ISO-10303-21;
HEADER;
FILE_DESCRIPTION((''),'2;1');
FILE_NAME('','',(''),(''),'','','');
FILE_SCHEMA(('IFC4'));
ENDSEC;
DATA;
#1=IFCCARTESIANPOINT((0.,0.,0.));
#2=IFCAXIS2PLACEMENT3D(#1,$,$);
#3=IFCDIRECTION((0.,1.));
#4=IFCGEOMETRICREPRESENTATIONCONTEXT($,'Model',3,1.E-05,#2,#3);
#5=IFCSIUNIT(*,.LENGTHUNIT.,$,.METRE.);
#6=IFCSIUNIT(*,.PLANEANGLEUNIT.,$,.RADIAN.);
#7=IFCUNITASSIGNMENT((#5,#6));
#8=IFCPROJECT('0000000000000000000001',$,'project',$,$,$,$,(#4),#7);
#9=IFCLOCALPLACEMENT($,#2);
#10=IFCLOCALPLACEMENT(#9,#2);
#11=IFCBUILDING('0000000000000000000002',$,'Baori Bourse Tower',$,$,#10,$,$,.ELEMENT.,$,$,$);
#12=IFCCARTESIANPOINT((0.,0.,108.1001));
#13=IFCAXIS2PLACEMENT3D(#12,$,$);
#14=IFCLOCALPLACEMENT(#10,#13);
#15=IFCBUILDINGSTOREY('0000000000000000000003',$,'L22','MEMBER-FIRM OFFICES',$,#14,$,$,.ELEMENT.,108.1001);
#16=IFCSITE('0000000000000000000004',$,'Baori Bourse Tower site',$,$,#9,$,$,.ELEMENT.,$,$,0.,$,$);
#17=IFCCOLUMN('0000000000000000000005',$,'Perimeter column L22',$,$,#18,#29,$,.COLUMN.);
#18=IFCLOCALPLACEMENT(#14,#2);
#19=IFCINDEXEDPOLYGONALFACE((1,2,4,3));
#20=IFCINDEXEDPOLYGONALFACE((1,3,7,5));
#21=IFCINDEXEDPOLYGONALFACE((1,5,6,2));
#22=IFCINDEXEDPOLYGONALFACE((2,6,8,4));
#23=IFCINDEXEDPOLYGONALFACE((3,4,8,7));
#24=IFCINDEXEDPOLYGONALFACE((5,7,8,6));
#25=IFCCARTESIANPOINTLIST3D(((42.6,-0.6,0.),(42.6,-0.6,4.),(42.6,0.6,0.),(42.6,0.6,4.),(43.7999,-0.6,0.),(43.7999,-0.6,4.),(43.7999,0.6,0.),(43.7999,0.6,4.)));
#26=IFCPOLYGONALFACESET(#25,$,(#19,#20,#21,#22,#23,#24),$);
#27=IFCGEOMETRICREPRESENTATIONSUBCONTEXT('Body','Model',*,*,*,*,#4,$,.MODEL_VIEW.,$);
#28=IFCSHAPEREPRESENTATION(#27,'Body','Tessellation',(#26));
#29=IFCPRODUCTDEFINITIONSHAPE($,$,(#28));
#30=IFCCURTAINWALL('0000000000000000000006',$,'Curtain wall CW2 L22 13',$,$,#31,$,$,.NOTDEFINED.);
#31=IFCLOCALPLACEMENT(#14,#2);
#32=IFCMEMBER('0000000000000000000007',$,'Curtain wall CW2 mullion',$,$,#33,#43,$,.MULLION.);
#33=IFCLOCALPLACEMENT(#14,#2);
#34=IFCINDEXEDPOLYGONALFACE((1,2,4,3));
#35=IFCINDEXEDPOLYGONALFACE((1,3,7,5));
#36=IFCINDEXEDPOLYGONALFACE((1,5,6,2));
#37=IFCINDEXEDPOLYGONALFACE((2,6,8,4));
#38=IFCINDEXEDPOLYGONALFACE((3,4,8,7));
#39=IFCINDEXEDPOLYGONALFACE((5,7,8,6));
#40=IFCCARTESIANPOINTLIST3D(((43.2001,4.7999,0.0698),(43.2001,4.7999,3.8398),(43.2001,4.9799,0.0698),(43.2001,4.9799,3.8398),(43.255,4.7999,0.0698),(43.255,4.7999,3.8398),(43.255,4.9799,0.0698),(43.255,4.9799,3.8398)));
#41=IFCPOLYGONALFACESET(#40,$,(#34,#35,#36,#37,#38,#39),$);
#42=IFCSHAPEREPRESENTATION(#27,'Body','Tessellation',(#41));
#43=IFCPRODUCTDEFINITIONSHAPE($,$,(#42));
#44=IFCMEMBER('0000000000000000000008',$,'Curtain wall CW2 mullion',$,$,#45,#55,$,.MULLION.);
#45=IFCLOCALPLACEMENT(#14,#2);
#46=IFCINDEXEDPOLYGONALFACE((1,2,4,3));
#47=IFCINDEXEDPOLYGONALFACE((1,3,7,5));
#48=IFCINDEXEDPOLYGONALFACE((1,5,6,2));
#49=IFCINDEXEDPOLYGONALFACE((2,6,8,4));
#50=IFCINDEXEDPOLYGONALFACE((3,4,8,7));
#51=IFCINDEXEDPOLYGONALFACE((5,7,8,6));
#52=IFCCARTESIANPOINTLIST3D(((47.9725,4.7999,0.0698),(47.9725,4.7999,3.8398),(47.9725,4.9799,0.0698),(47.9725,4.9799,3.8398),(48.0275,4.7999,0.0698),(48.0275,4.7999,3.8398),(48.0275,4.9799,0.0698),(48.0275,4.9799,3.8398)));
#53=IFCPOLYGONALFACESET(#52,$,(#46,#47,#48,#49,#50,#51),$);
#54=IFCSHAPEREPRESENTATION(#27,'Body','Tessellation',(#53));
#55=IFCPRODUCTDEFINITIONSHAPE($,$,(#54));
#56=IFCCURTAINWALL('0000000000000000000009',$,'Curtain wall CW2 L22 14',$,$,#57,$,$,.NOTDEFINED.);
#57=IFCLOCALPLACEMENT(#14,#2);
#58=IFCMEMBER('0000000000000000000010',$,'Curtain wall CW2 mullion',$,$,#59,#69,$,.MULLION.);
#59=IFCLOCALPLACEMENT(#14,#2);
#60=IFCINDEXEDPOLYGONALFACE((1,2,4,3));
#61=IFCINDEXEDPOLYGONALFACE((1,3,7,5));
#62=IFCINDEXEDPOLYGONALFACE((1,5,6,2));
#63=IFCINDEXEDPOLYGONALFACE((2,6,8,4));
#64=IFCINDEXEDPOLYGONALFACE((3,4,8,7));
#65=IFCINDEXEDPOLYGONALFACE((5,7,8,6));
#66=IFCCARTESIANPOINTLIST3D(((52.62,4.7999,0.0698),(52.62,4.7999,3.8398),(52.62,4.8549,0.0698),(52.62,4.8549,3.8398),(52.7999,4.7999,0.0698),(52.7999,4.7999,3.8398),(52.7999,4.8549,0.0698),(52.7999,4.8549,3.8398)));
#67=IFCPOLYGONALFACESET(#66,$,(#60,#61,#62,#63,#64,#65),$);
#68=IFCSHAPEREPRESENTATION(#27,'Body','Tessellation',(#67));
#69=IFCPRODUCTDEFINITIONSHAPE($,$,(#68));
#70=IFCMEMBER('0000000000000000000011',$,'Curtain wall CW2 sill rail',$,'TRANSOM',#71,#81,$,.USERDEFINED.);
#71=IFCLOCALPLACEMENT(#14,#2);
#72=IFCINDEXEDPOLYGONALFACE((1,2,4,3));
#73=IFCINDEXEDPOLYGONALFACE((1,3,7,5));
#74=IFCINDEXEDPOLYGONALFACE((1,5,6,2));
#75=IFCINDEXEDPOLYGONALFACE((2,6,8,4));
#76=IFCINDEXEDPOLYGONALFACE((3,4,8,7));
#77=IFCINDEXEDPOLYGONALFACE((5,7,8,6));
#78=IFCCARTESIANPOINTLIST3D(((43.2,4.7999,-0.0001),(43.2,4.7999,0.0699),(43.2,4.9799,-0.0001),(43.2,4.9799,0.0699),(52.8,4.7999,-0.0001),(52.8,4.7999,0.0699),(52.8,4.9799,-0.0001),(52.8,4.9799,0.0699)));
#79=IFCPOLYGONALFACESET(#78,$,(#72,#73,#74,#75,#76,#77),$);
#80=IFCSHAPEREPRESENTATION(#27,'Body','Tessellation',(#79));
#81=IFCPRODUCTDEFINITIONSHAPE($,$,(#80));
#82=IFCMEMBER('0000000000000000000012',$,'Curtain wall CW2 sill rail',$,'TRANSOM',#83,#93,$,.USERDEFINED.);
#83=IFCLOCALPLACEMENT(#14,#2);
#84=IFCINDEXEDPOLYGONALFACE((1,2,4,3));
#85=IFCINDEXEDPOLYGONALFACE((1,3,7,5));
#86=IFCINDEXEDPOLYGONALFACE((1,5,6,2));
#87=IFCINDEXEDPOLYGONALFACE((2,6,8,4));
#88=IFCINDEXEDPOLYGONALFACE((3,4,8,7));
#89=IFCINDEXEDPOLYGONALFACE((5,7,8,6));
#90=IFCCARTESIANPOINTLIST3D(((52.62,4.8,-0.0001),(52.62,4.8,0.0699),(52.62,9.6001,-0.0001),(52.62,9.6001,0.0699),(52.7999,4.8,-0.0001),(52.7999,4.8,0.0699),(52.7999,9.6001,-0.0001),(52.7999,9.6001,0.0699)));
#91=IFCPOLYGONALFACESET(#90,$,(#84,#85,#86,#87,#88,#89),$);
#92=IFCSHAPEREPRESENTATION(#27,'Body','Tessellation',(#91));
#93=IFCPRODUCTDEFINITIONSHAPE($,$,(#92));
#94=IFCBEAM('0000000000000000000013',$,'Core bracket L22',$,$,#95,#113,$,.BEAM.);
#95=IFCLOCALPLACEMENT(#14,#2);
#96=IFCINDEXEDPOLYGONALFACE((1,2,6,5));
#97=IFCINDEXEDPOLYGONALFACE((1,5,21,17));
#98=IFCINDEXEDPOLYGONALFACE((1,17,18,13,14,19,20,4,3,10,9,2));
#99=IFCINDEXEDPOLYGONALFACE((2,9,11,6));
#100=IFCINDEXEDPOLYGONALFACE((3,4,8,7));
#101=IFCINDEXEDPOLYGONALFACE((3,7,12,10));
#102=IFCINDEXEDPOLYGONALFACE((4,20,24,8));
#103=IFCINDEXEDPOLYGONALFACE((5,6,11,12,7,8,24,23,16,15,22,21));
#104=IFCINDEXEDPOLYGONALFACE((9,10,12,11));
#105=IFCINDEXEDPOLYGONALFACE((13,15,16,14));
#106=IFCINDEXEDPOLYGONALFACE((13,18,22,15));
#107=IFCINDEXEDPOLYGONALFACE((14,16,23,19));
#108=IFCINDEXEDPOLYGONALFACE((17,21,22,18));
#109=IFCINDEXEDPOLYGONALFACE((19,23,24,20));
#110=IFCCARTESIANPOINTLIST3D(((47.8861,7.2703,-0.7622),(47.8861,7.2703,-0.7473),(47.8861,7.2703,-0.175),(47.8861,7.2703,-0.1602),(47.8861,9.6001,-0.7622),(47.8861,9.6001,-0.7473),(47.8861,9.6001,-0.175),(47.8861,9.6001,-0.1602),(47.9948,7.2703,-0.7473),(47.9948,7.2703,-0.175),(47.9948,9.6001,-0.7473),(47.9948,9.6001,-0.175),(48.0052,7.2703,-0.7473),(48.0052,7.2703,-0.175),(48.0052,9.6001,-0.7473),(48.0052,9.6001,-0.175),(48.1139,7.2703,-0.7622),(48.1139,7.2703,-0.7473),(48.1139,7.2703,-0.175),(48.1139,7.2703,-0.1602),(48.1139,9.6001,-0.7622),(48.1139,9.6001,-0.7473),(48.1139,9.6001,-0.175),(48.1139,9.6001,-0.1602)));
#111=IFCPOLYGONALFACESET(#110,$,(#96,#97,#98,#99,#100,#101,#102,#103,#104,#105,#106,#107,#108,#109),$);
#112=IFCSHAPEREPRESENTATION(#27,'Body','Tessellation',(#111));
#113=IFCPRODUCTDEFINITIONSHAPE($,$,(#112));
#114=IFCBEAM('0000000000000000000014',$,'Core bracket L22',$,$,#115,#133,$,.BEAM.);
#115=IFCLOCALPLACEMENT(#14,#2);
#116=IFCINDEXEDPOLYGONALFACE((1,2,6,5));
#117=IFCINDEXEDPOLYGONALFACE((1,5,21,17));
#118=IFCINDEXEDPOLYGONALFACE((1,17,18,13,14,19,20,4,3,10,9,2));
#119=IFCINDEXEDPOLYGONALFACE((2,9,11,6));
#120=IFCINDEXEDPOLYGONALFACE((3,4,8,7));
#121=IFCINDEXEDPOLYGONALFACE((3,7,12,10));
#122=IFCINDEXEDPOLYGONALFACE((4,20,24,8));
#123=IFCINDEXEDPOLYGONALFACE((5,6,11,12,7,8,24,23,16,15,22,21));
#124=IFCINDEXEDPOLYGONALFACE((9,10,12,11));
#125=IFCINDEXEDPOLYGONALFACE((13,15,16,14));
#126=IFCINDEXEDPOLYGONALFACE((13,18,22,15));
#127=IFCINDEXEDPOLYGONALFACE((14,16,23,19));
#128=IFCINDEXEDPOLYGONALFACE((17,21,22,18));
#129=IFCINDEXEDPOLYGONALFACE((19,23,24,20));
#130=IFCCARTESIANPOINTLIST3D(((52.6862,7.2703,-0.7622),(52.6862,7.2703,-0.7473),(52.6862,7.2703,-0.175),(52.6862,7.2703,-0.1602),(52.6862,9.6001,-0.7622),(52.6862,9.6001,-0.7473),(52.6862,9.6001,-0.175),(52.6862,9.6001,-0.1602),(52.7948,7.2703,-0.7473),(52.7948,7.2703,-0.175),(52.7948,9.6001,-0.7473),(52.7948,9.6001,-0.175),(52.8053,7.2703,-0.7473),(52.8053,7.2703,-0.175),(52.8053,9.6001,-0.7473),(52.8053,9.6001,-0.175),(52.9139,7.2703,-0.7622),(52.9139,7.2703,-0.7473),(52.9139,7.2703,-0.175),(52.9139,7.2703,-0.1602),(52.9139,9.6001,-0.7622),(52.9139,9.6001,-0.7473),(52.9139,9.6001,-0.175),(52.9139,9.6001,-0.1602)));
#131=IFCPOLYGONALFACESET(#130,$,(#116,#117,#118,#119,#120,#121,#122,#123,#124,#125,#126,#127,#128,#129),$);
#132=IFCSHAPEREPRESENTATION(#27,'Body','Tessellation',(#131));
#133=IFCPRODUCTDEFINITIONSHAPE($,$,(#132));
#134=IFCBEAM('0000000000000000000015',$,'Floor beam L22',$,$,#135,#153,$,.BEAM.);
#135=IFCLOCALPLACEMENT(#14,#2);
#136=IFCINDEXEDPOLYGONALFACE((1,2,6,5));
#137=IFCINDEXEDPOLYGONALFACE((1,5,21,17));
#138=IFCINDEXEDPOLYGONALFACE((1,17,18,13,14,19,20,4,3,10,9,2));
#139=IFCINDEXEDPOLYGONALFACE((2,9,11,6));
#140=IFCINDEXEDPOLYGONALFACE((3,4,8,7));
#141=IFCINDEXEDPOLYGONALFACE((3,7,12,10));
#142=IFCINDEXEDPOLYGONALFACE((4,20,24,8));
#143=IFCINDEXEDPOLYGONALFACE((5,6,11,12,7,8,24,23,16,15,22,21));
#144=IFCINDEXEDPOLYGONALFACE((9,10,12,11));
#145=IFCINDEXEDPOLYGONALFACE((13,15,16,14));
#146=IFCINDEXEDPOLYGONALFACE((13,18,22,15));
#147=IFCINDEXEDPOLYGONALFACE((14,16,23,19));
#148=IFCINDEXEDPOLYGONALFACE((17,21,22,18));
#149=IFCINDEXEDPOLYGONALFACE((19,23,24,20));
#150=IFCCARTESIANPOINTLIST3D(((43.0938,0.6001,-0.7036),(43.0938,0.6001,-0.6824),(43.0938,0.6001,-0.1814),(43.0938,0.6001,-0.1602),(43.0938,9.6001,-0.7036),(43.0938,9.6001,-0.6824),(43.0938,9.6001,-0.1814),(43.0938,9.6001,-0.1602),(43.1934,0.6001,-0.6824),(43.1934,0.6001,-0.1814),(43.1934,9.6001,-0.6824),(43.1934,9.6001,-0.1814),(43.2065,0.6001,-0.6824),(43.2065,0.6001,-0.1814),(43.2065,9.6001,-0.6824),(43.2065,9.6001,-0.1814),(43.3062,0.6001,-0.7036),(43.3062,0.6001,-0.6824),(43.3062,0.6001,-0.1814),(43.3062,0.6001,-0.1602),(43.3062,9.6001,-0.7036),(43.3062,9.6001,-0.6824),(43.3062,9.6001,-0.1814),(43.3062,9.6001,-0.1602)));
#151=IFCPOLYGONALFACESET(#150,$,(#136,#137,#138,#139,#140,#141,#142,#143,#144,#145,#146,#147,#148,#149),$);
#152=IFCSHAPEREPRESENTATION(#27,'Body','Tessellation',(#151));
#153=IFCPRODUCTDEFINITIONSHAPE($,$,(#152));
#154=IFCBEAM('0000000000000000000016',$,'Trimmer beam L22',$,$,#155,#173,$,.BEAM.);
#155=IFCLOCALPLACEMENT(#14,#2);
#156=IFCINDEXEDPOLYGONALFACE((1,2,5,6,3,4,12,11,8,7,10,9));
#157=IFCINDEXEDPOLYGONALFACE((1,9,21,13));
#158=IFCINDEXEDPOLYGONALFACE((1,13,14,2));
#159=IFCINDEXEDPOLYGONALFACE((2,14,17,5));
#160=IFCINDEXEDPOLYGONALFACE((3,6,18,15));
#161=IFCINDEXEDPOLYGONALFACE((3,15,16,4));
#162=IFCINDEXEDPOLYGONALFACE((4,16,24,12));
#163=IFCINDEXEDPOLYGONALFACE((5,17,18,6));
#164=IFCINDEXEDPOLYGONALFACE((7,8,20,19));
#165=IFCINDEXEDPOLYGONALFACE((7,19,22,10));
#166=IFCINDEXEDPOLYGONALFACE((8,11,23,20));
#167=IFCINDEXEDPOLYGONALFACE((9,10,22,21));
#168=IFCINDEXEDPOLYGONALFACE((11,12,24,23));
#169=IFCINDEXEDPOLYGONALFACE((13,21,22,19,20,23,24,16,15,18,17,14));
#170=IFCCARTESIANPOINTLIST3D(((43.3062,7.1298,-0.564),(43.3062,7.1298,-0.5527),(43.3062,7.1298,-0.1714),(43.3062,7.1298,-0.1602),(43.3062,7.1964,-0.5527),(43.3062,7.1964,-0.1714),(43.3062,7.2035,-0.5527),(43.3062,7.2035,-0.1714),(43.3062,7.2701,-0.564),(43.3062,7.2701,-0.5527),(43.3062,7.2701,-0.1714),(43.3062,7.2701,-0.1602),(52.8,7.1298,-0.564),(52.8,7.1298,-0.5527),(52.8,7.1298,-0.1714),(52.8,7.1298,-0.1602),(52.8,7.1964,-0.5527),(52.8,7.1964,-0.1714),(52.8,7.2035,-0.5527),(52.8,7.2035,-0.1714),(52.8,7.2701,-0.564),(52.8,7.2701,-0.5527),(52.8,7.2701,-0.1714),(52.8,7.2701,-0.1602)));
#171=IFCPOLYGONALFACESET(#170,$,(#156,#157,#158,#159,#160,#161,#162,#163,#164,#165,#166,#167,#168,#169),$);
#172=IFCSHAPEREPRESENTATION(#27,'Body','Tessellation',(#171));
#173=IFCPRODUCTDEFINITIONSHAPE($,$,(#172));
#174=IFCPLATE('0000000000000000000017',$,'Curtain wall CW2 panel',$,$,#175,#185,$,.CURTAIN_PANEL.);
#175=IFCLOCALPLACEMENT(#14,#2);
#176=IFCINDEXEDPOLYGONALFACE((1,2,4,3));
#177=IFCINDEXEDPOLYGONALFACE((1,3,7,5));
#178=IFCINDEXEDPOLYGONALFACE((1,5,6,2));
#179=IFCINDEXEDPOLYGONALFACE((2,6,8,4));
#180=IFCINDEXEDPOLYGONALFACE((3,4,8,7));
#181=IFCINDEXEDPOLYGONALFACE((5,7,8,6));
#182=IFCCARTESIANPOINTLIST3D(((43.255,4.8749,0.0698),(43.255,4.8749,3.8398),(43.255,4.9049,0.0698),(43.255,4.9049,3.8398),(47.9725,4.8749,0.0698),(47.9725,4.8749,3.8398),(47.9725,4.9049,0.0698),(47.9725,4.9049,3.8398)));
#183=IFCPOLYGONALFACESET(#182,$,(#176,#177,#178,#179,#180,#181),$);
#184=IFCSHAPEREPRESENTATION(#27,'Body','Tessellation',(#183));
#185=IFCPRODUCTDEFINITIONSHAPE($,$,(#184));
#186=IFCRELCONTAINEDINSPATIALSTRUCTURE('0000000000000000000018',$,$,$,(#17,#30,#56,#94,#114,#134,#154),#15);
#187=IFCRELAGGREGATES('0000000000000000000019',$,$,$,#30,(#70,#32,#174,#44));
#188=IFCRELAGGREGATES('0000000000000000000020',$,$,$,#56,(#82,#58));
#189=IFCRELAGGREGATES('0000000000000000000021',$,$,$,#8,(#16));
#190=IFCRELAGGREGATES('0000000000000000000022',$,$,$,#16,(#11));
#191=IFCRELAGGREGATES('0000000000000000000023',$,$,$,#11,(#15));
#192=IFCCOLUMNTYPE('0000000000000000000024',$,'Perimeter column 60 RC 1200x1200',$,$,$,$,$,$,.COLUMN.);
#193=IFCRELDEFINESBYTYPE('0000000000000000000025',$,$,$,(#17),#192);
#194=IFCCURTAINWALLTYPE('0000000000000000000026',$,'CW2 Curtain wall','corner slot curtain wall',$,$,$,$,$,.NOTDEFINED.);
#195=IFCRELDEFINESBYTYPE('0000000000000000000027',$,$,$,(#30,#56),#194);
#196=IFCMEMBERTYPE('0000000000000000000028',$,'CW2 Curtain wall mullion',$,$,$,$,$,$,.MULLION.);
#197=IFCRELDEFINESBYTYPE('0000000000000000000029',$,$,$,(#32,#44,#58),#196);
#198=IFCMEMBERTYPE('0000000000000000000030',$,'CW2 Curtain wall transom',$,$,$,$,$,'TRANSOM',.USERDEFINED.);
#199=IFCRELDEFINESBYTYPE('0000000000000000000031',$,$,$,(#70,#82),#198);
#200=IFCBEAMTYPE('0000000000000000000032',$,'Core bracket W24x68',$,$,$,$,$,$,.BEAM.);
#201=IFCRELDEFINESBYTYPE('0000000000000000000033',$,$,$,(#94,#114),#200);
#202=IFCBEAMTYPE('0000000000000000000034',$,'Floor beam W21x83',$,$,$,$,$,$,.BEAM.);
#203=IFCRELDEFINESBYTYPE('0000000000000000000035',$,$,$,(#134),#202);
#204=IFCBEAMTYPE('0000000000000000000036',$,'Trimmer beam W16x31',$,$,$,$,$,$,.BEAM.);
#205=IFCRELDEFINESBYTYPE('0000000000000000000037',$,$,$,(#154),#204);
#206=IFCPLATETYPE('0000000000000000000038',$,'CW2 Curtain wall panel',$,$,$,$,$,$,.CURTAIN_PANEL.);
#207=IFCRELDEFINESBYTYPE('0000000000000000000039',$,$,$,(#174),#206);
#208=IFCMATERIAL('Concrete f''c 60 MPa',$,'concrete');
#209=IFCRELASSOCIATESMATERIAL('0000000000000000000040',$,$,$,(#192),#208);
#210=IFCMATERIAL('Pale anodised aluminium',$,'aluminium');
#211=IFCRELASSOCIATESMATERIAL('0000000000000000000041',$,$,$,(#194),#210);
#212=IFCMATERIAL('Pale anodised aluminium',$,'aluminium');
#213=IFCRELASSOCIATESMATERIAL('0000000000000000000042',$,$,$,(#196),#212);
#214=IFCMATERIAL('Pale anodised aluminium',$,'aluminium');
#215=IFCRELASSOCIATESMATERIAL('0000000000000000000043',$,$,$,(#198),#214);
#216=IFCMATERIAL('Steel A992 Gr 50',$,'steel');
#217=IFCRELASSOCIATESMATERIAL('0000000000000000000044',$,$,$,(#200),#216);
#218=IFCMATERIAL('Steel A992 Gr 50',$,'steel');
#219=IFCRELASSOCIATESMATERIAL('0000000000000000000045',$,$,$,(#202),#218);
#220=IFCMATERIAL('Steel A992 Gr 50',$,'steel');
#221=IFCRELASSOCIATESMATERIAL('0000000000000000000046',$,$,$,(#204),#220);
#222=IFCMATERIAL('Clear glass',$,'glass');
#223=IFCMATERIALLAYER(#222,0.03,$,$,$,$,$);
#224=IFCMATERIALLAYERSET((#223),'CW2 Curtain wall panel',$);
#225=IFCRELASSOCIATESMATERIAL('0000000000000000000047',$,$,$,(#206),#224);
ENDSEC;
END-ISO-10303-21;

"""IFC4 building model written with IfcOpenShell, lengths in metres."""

from ifc_helpers import new_model, si_unit, direction, frame, origin, origin_2d, place, context, subcontext, project, spatial, rectangle, i_section, extrude, material, layer, layer_set, material_profile, profile_set, type_object, element, aggregate, save


model = new_model("IFC4")

# Units and contexts
model_context = context("Model", 3, precision=1e-05, world=origin(), true_north=direction((0.0, 1.0)))
body_context = subcontext(model_context, "Body", "Model", "MODEL_VIEW")
ifc_project = project(units=[si_unit("LENGTHUNIT", "METRE"), si_unit("PLANEANGLEUNIT", "RADIAN")], contexts=[model_context])

# Site, building, storey
site_placement = place(None, origin())
site = spatial("IfcSite", under=ifc_project, at=site_placement, Name="Baori Bourse Tower site", CompositionType="ELEMENT", RefElevation=0.0)
building_placement = place(site_placement, origin())
building = spatial("IfcBuilding", under=site, at=building_placement, Name="Baori Bourse Tower", CompositionType="ELEMENT")
storey_placement = place(building_placement, frame((0.0, 0.0, 108.1001)))
storey = spatial("IfcBuildingStorey", under=building, at=storey_placement, Name="L22", Description="MEMBER-FIRM OFFICES", CompositionType="ELEMENT", Elevation=108.1001)

# Column
ifc_material_1 = material(Name="Concrete f'c 60 MPa", Category="concrete")
ifc_material_profile_1 = material_profile(ifc_material_1, rectangle(XDim=1.2, YDim=1.2, at=origin_2d()), Name="RC 1200x1200")
ifc_profile_set_1 = profile_set([ifc_material_profile_1], Name="Concrete f'c 60 MPa")
column_type = type_object("IfcColumnType", Name="Perimeter column 60 RC 1200x1200", PredefinedType="COLUMN", material=ifc_profile_set_1)
column_placement = place(storey_placement, frame((43.2, 0.0, 0.0), z_axis=(0.0, 0.0, 1.0), x_axis=(1.0, 0.0, 0.0)))
element("IfcColumn", 1, at=column_placement, inside=storey, type_object=column_type, Name="Perimeter column L22", PredefinedType="COLUMN", context=body_context, shape_type="SweptSolid", body=[
    extrude(rectangle(XDim=1.2, YDim=1.2, at=origin_2d()), origin(), (0.0, 0.0, 1.0), 4.0),
])

# Curtain wall, members
ifc_material_2 = material(Name="Pale anodised aluminium", Category="aluminium")
curtain_wall_type = type_object("IfcCurtainWallType", Name="CW2 Curtain wall", Description="corner slot curtain wall", PredefinedType="NOTDEFINED", material=ifc_material_2)
curtain_wall_1_placement = place(storey_placement, origin())
curtain_wall_1 = element("IfcCurtainWall", 2, at=curtain_wall_1_placement, inside=storey, type_object=curtain_wall_type, Name="Curtain wall CW2 L22 13", PredefinedType="NOTDEFINED")
ifc_material_3 = material(Name="Pale anodised aluminium", Category="aluminium")
ifc_material_profile_2 = material_profile(ifc_material_3, rectangle(XDim=0.1799, YDim=0.0549, at=origin_2d()), Name="Mullion 55x180")
ifc_profile_set_2 = profile_set([ifc_material_profile_2], Name="Pale anodised aluminium")
member_type_1 = type_object("IfcMemberType", Name="CW2 Curtain wall mullion", PredefinedType="MULLION", material=ifc_profile_set_2)
member_1_placement = place(storey_placement, frame((43.2275, 4.8899, 0.0698), z_axis=(0.0, 0.0, 1.0), x_axis=(0.0, 1.0, 0.0)))
member_1 = element("IfcMember", 3, at=member_1_placement, type_object=member_type_1, Name="Curtain wall CW2 mullion", PredefinedType="MULLION", context=body_context, shape_type="SweptSolid", body=[
    extrude(rectangle(XDim=0.1799, YDim=0.0549, at=origin_2d()), origin(), (0.0, 0.0, 1.0), 3.77),
])
member_2_placement = place(storey_placement, frame((48.0, 4.8899, 0.0698), z_axis=(0.0, 0.0, 1.0), x_axis=(0.0, 1.0, 0.0)))
member_2 = element("IfcMember", 4, at=member_2_placement, type_object=member_type_1, Name="Curtain wall CW2 mullion", PredefinedType="MULLION", context=body_context, shape_type="SweptSolid", body=[
    extrude(rectangle(XDim=0.1799, YDim=0.0549, at=origin_2d()), origin(), (0.0, 0.0, 1.0), 3.77),
])

# Curtain wall, member
curtain_wall_2_placement = place(storey_placement, origin())
curtain_wall_2 = element("IfcCurtainWall", 5, at=curtain_wall_2_placement, inside=storey, type_object=curtain_wall_type, Name="Curtain wall CW2 L22 14", PredefinedType="NOTDEFINED")
member_3_placement = place(storey_placement, frame((52.71, 4.8274, 0.0698), z_axis=(0.0, 0.0, 1.0), x_axis=(-1.0, 0.0, 0.0)))
member_3 = element("IfcMember", 6, at=member_3_placement, type_object=member_type_1, Name="Curtain wall CW2 mullion", PredefinedType="MULLION", context=body_context, shape_type="SweptSolid", body=[
    extrude(rectangle(XDim=0.1799, YDim=0.0549, at=origin_2d()), origin(), (0.0, 0.0, 1.0), 3.77),
])

# Members
ifc_material_4 = material(Name="Pale anodised aluminium", Category="aluminium")
ifc_material_profile_3 = material_profile(ifc_material_4, rectangle(XDim=0.1799, YDim=0.0701, at=origin_2d()), Name="Transom 70x180")
ifc_profile_set_3 = profile_set([ifc_material_profile_3], Name="Pale anodised aluminium")
member_type_2 = type_object("IfcMemberType", Name="CW2 Curtain wall transom", ElementType="TRANSOM", PredefinedType="USERDEFINED", material=ifc_profile_set_3)
member_4_placement = place(storey_placement, frame((43.2, 4.8899, 0.0349), z_axis=(1.0, 0.0, 0.0), x_axis=(0.0, 1.0, 0.0)))
member_4 = element("IfcMember", 7, at=member_4_placement, type_object=member_type_2, Name="Curtain wall CW2 sill rail", ObjectType="TRANSOM", PredefinedType="USERDEFINED", context=body_context, shape_type="SweptSolid", body=[
    extrude(rectangle(XDim=0.1799, YDim=0.0701, at=origin_2d()), origin(), (0.0, 0.0, 1.0), 9.6001),
])
member_5_placement = place(storey_placement, frame((52.71, 4.8, 0.0349), z_axis=(0.0, 1.0, 0.0), x_axis=(-1.0, 0.0, 0.0)))
member_5 = element("IfcMember", 8, at=member_5_placement, type_object=member_type_2, Name="Curtain wall CW2 sill rail", ObjectType="TRANSOM", PredefinedType="USERDEFINED", context=body_context, shape_type="SweptSolid", body=[
    extrude(rectangle(XDim=0.1799, YDim=0.0701, at=origin_2d()), origin(), (0.0, 0.0, 1.0), 4.8),
])

# Beams
ifc_material_5 = material(Name="Steel A992 Gr 50", Category="steel")
ifc_material_profile_4 = material_profile(ifc_material_5, i_section(OverallWidth=0.2278, OverallDepth=0.6021, WebThickness=0.0105, FlangeThickness=0.0149, at=origin_2d()), Name="W24x68")
ifc_profile_set_4 = profile_set([ifc_material_profile_4], Name="Steel A992 Gr 50")
beam_type_1 = type_object("IfcBeamType", Name="Core bracket W24x68", PredefinedType="BEAM", material=ifc_profile_set_4)
for number, where, z_axis, x_axis, name in (
    (9, (48.0, 7.2703, -0.4612), (0.0, 1.0, 0.0), (-1.0, 0.0, 0.0), "Core bracket L22"),
    (10, (52.8, 7.2703, -0.4612), (0.0, 1.0, 0.0), (-1.0, 0.0, 0.0), "Core bracket L22"),
):
    element("IfcBeam", number, at=place(storey_placement, frame(where, z_axis=z_axis, x_axis=x_axis)), inside=storey, type_object=beam_type_1, Name=name, PredefinedType="BEAM", context=body_context, shape_type="SweptSolid", body=[
        extrude(i_section(OverallWidth=0.2278, OverallDepth=0.6021, WebThickness=0.0105, FlangeThickness=0.0149, at=origin_2d()), origin(), (0.0, 0.0, 1.0), 2.3298),
    ])
ifc_material_6 = material(Name="Steel A992 Gr 50", Category="steel")
ifc_material_profile_5 = material_profile(ifc_material_6, i_section(OverallWidth=0.2124, OverallDepth=0.5435, WebThickness=0.0132, FlangeThickness=0.0212, at=origin_2d()), Name="W21x83")
ifc_profile_set_5 = profile_set([ifc_material_profile_5], Name="Steel A992 Gr 50")
beam_type_2 = type_object("IfcBeamType", Name="Floor beam W21x83", PredefinedType="BEAM", material=ifc_profile_set_5)
beam_1_placement = place(storey_placement, frame((43.2, 0.6001, -0.4319), z_axis=(0.0, 1.0, 0.0), x_axis=(-1.0, 0.0, 0.0)))
element("IfcBeam", 11, at=beam_1_placement, inside=storey, type_object=beam_type_2, Name="Floor beam L22", PredefinedType="BEAM", context=body_context, shape_type="SweptSolid", body=[
    extrude(i_section(OverallWidth=0.2124, OverallDepth=0.5435, WebThickness=0.0132, FlangeThickness=0.0212, at=origin_2d()), origin(), (0.0, 0.0, 1.0), 9.0),
])
ifc_material_7 = material(Name="Steel A992 Gr 50", Category="steel")
ifc_material_profile_6 = material_profile(ifc_material_7, i_section(OverallWidth=0.1404, OverallDepth=0.4038, WebThickness=0.0071, FlangeThickness=0.0112, at=origin_2d()), Name="W16x31")
ifc_profile_set_6 = profile_set([ifc_material_profile_6], Name="Steel A992 Gr 50")
beam_type_3 = type_object("IfcBeamType", Name="Trimmer beam W16x31", PredefinedType="BEAM", material=ifc_profile_set_6)
beam_2_placement = place(storey_placement, frame((43.3062, 7.2, -0.3621), z_axis=(1.0, 0.0, 0.0), x_axis=(0.0, 1.0, 0.0)))
element("IfcBeam", 12, at=beam_2_placement, inside=storey, type_object=beam_type_3, Name="Trimmer beam L22", PredefinedType="BEAM", context=body_context, shape_type="SweptSolid", body=[
    extrude(i_section(OverallWidth=0.1404, OverallDepth=0.4038, WebThickness=0.0071, FlangeThickness=0.0112, at=origin_2d()), origin(), (0.0, 0.0, 1.0), 9.4939),
])

# Plate
ifc_material_8 = material(Name="Clear glass", Category="glass")
ifc_layer_1 = layer(ifc_material_8, 0.03)
ifc_layer_set_1 = layer_set([ifc_layer_1], Name="CW2 Curtain wall panel")
plate_type = type_object("IfcPlateType", Name="CW2 Curtain wall panel", PredefinedType="CURTAIN_PANEL", material=ifc_layer_set_1)
plate_1_placement = place(storey_placement, frame((45.6138, 4.8899, 0.0698), z_axis=(0.0, 0.0, 1.0), x_axis=(1.0, 0.0, 0.0)))
plate_1 = element("IfcPlate", 13, at=plate_1_placement, type_object=plate_type, Name="Curtain wall CW2 panel", PredefinedType="CURTAIN_PANEL", context=body_context, shape_type="SweptSolid", body=[
    extrude(rectangle(XDim=4.7175, YDim=0.03, at=origin_2d()), origin(), (0.0, 0.0, 1.0), 3.77),
])
aggregate(curtain_wall_1, [member_4, member_1, plate_1, member_2])
aggregate(curtain_wall_2, [member_5, member_3])

save(model, "model.ifc")
